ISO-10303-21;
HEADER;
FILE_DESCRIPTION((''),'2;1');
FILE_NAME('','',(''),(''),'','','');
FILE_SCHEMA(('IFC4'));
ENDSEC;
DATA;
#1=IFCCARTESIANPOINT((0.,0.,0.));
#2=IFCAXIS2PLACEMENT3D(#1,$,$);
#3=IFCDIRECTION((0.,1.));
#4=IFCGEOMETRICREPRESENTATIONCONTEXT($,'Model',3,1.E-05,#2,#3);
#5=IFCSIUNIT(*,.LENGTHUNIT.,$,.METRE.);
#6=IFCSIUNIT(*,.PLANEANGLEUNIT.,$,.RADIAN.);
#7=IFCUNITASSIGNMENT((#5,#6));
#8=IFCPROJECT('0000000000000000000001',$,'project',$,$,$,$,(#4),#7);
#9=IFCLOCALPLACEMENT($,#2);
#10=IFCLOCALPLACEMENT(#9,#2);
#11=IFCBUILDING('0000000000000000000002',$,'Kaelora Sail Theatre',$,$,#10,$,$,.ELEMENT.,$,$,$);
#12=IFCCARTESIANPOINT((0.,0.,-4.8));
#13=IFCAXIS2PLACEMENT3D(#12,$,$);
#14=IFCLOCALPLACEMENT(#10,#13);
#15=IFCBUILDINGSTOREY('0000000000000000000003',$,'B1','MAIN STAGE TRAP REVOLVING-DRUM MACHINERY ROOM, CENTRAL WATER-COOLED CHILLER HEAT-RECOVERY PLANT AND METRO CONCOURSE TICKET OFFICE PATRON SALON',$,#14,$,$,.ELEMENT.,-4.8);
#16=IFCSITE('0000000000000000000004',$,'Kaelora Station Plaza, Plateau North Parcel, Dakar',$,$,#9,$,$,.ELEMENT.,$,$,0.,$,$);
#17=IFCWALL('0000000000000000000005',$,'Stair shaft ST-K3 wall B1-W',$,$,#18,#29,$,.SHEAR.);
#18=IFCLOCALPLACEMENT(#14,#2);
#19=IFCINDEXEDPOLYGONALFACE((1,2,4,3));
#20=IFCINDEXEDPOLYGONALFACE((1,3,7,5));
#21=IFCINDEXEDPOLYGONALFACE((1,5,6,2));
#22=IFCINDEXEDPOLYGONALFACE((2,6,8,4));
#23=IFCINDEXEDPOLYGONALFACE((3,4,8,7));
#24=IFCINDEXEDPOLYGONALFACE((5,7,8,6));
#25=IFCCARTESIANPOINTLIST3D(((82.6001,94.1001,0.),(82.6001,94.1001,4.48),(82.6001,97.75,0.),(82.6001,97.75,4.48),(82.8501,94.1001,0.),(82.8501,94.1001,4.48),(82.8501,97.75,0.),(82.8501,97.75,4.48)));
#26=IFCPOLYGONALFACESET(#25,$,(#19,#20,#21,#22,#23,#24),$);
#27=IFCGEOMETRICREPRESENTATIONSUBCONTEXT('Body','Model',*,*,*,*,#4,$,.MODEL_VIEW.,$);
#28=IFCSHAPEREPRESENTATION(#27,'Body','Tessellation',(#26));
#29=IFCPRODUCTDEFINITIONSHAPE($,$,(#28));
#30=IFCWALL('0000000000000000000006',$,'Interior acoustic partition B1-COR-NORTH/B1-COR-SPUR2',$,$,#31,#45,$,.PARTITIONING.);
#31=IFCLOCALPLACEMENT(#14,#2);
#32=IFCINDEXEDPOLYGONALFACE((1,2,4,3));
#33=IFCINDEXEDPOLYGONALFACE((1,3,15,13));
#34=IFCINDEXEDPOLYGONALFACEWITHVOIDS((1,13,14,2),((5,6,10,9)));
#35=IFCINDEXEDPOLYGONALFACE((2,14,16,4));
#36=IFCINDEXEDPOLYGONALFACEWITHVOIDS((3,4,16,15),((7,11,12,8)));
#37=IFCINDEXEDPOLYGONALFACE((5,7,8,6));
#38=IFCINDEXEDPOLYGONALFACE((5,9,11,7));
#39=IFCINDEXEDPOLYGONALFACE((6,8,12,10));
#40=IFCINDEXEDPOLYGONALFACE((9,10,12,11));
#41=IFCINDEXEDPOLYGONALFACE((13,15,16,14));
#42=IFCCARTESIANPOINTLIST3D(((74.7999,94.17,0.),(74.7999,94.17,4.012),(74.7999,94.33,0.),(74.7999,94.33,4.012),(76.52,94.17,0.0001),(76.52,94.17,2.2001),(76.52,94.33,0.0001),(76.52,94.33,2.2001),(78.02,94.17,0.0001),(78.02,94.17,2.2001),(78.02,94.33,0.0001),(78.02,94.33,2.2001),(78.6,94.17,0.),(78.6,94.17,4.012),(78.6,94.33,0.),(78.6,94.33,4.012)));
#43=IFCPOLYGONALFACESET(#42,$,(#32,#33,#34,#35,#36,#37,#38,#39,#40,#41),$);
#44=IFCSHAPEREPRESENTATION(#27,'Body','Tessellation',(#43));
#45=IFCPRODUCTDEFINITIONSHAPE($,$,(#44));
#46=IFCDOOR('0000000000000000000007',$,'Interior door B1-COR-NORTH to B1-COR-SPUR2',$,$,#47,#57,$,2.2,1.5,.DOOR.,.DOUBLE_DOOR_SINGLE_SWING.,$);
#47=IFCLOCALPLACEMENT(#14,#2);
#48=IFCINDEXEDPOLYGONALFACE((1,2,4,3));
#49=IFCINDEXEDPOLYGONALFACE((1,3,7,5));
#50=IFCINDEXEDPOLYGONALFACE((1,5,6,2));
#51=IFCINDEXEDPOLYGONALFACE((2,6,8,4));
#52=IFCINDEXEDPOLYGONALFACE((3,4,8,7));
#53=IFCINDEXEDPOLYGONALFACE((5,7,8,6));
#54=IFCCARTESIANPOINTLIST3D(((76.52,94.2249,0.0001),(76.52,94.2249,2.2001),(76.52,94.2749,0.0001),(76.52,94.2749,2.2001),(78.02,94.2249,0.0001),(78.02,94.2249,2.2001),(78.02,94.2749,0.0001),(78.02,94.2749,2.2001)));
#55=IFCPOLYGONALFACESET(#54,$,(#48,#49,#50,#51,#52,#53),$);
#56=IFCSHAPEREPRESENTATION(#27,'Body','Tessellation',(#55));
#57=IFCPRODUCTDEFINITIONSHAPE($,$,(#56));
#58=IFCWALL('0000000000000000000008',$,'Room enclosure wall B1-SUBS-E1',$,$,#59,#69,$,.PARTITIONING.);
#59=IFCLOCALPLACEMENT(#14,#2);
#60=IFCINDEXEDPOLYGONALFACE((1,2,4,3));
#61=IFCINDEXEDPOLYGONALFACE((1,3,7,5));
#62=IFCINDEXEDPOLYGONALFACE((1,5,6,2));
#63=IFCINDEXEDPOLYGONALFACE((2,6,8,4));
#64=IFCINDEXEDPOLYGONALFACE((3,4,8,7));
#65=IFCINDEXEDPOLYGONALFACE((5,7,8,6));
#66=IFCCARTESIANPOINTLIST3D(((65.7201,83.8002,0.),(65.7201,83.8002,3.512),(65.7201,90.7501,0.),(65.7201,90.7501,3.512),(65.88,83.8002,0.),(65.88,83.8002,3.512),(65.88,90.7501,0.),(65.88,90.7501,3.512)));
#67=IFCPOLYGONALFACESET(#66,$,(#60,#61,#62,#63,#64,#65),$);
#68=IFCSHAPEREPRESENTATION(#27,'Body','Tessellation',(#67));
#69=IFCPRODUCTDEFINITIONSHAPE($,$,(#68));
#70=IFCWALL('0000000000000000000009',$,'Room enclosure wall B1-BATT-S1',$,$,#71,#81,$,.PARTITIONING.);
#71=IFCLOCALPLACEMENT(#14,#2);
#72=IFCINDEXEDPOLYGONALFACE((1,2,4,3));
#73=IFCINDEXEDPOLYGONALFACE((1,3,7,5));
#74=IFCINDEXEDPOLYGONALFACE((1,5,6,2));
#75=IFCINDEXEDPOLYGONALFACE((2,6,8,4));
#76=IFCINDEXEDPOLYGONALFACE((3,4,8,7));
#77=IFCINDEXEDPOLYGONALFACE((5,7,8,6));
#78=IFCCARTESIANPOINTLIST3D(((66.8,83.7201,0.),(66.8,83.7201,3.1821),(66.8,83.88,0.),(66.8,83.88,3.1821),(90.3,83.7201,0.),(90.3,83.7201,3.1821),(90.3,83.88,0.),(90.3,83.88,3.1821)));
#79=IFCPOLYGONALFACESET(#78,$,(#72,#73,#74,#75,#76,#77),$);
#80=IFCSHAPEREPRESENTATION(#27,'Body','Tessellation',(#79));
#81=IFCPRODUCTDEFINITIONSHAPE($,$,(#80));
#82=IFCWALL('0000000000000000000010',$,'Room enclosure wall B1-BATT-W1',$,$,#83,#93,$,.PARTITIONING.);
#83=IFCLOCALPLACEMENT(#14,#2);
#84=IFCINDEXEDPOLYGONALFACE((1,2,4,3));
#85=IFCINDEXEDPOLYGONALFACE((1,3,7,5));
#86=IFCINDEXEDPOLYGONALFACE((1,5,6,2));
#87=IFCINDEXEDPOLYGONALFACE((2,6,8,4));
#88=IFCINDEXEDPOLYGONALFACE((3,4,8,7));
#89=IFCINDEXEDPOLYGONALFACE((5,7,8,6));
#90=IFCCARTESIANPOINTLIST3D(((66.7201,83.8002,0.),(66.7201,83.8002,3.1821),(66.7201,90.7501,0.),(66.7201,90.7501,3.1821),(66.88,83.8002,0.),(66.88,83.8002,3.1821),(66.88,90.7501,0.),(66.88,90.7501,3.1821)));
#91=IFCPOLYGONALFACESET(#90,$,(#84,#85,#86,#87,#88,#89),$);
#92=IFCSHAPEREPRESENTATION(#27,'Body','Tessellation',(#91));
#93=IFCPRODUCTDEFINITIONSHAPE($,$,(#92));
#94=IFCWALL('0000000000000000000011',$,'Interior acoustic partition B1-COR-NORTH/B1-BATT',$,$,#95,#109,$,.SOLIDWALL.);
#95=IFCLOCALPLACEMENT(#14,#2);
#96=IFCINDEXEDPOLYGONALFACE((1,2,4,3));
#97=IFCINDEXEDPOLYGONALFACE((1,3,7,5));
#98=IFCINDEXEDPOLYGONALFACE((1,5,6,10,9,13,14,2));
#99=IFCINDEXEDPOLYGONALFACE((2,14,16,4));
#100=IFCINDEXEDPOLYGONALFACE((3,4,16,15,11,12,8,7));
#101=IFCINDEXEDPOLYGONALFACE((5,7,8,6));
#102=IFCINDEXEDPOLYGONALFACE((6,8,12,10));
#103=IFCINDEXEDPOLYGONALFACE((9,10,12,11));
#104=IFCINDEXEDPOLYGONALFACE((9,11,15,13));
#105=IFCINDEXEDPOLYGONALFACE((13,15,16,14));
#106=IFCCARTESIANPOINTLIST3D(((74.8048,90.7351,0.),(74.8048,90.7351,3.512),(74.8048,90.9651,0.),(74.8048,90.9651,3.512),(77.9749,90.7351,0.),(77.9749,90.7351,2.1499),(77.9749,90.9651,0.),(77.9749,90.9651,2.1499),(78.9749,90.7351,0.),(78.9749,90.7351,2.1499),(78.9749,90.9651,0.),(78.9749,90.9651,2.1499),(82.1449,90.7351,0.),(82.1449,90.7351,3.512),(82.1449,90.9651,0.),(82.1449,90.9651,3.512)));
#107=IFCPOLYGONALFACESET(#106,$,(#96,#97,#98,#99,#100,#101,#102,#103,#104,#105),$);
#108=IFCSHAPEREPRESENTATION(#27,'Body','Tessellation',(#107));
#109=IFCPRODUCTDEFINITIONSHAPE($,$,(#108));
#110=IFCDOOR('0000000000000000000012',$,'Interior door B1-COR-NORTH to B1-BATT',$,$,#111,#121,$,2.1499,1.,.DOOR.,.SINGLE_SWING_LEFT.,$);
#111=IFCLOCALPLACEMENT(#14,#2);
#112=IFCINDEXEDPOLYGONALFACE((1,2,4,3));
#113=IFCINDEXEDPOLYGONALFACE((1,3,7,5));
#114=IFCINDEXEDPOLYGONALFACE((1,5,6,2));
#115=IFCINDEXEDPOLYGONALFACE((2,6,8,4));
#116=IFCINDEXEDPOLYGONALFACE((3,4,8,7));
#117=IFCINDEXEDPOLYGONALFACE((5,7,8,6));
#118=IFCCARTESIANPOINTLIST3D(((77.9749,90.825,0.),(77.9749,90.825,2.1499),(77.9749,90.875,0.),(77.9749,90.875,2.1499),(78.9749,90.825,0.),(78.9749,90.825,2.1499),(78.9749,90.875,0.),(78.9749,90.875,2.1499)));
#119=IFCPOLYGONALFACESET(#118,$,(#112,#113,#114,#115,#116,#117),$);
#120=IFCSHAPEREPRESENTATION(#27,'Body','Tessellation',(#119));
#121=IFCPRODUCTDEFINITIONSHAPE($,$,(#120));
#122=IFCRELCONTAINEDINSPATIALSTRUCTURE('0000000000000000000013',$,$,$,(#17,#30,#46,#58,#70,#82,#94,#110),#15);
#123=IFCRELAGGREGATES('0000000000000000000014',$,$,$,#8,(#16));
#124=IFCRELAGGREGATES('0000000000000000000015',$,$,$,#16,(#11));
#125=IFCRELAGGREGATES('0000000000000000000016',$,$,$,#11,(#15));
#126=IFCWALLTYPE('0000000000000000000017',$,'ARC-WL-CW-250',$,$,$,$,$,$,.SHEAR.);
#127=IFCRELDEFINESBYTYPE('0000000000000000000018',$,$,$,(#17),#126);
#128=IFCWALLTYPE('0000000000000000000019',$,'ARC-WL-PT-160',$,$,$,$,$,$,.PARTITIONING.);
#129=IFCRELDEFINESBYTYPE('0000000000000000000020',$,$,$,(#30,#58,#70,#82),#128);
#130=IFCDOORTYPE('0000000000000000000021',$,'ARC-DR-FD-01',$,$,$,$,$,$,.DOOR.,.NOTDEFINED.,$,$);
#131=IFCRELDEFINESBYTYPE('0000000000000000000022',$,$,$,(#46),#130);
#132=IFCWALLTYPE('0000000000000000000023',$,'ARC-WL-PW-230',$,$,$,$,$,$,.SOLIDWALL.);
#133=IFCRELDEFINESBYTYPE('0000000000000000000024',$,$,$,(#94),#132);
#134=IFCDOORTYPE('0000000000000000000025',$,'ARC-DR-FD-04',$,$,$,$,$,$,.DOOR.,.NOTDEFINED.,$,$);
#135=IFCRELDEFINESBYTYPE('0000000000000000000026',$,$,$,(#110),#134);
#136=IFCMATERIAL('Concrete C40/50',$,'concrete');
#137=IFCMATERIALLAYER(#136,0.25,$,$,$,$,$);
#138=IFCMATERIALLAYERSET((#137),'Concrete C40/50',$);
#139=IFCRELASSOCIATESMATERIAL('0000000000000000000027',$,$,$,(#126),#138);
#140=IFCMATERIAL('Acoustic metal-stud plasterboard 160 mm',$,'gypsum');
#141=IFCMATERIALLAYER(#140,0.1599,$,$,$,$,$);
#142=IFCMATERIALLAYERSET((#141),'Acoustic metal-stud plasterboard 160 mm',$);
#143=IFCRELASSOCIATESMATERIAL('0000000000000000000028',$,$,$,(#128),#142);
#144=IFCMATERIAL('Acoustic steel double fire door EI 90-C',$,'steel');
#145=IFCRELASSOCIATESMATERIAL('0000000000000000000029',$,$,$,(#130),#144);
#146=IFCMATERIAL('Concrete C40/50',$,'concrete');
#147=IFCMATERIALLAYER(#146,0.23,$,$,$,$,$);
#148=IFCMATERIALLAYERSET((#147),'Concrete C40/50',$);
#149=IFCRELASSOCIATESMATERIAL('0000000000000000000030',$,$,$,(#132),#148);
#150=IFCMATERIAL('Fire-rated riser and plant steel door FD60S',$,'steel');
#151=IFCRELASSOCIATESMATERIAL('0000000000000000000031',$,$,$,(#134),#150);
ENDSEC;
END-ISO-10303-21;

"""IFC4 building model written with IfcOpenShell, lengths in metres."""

from ifc_helpers import new_model, si_unit, direction, frame, frame_2d, origin, place, context, subcontext, project, spatial, rectangle, extrude, material, layer, layer_set, type_object, element, fill, save


model = new_model("IFC4")

# Units and contexts
model_context = context("Model", 3, precision=1e-05, world=origin(), true_north=direction((0.0, 1.0)))
body_context = subcontext(model_context, "Body", "Model", "MODEL_VIEW")
ifc_project = project(units=[si_unit("LENGTHUNIT", "METRE"), si_unit("PLANEANGLEUNIT", "RADIAN")], contexts=[model_context])

# Site, building, storey
site_placement = place(None, origin())
site = spatial("IfcSite", under=ifc_project, at=site_placement, Name="Kaelora Station Plaza, Plateau North Parcel, Dakar", CompositionType="ELEMENT", RefElevation=0.0)
building_placement = place(site_placement, origin())
building = spatial("IfcBuilding", under=site, at=building_placement, Name="Kaelora Sail Theatre", CompositionType="ELEMENT")
storey_placement = place(building_placement, frame((0.0, 0.0, -4.8)))
storey = spatial("IfcBuildingStorey", under=building, at=storey_placement, Name="B1", Description="MAIN STAGE TRAP REVOLVING-DRUM MACHINERY ROOM, CENTRAL WATER-COOLED CHILLER HEAT-RECOVERY PLANT AND METRO CONCOURSE TICKET OFFICE PATRON SALON", CompositionType="ELEMENT", Elevation=-4.8)

# Shared definitions
ifc_material_1 = material(Name="Concrete C40/50", Category="concrete")
ifc_layer_1 = layer(ifc_material_1, 0.25)
ifc_layer_set_1 = layer_set([ifc_layer_1], Name="Concrete C40/50")
wall_type_1 = type_object("IfcWallType", Name="ARC-WL-CW-250", PredefinedType="SHEAR", material=ifc_layer_set_1)

# Wall
wall_1_placement = place(storey_placement, frame((82.7251, 94.1001, 0.0), z_axis=(0.0, 0.0, 1.0), x_axis=(0.0, 1.0, 0.0)))
element("IfcWall", 1, at=wall_1_placement, inside=storey, type_object=wall_type_1, Name="Stair shaft ST-K3 wall B1-W", PredefinedType="SHEAR", context=body_context, shape_type="SweptSolid", body=[
    extrude(rectangle(XDim=3.6499, YDim=0.25, at=frame_2d((1.825, 0.0))), origin(), (0.0, 0.0, 1.0), 4.48),
])

# Wall, opening, door
ifc_material_2 = material(Name="Acoustic metal-stud plasterboard 160 mm", Category="gypsum")
ifc_layer_2 = layer(ifc_material_2, 0.1599)
ifc_layer_set_2 = layer_set([ifc_layer_2], Name="Acoustic metal-stud plasterboard 160 mm")
wall_type_2 = type_object("IfcWallType", Name="ARC-WL-PT-160", PredefinedType="PARTITIONING", material=ifc_layer_set_2)
wall_2_placement = place(storey_placement, frame((74.8, 94.25, 0.0), z_axis=(0.0, 0.0, 1.0), x_axis=(1.0, 0.0, 0.0)))
wall_2 = element("IfcWall", 2, at=wall_2_placement, inside=storey, type_object=wall_type_2, Name="Interior acoustic partition B1-COR-NORTH/B1-COR-SPUR2", PredefinedType="PARTITIONING", context=body_context, shape_type="SweptSolid", body=[
    extrude(rectangle(XDim=3.8, YDim=0.1599, at=frame_2d((1.8999, 0.0))), origin(), (0.0, 0.0, 1.0), 4.012),
])
opening_1_placement = place(wall_2_placement, frame((1.72, 0.0, 0.0)))
opening_1 = element("IfcOpeningElement", 3, at=opening_1_placement, cuts=wall_2, PredefinedType="OPENING", context=body_context, shape_type="SweptSolid", body=[
    extrude(rectangle(XDim=1.5, YDim=2.2, at=frame_2d((0.75, 1.1001))), frame((0.0, 0.0901, 0.0), z_axis=(0.0, -1.0, 0.0), x_axis=(1.0, 0.0, 0.0)), (0.0, 0.0, 1.0), 0.1799),
])
ifc_material_3 = material(Name="Acoustic steel double fire door EI 90-C", Category="steel")
door_type_1 = type_object("IfcDoorType", Name="ARC-DR-FD-01", OperationType="NOTDEFINED", PredefinedType="DOOR", material=ifc_material_3)
door_1_placement = place(opening_1_placement, origin())
door_1 = element("IfcDoor", 4, at=door_1_placement, inside=storey, type_object=door_type_1, Name="Interior door B1-COR-NORTH to B1-COR-SPUR2", OperationType="DOUBLE_DOOR_SINGLE_SWING", OverallHeight=2.2, OverallWidth=1.5, PredefinedType="DOOR", context=body_context, shape_type="SweptSolid", body=[
    extrude(rectangle(XDim=1.5, YDim=2.2, at=frame_2d((0.75, 1.1001))), frame((0.0, 0.0249, 0.0), z_axis=(0.0, -1.0, 0.0), x_axis=(1.0, 0.0, 0.0)), (0.0, 0.0, 1.0), 0.05),
])
fill(opening_1, door_1)

# Walls
wall_3_placement = place(storey_placement, frame((65.8, 83.8, 0.0), z_axis=(0.0, 0.0, 1.0), x_axis=(0.0, 1.0, 0.0)))
element("IfcWall", 5, at=wall_3_placement, inside=storey, type_object=wall_type_2, Name="Room enclosure wall B1-SUBS-E1", PredefinedType="PARTITIONING", context=body_context, shape_type="SweptSolid", body=[
    extrude(rectangle(XDim=6.95, YDim=0.1599, at=frame_2d((3.4751, 0.0))), origin(), (0.0, 0.0, 1.0), 3.512),
])
wall_4_placement = place(storey_placement, frame((66.8, 83.8, 0.0), z_axis=(0.0, 0.0, 1.0), x_axis=(1.0, 0.0, 0.0)))
element("IfcWall", 6, at=wall_4_placement, inside=storey, type_object=wall_type_2, Name="Room enclosure wall B1-BATT-S1", PredefinedType="PARTITIONING", context=body_context, shape_type="SweptSolid", body=[
    extrude(rectangle(XDim=23.5, YDim=0.1599, at=frame_2d((11.75, 0.0))), origin(), (0.0, 0.0, 1.0), 3.1821),
])
wall_5_placement = place(storey_placement, frame((66.8, 83.8, 0.0), z_axis=(0.0, 0.0, 1.0), x_axis=(0.0, 1.0, 0.0)))
element("IfcWall", 7, at=wall_5_placement, inside=storey, type_object=wall_type_2, Name="Room enclosure wall B1-BATT-W1", PredefinedType="PARTITIONING", context=body_context, shape_type="SweptSolid", body=[
    extrude(rectangle(XDim=6.95, YDim=0.1599, at=frame_2d((3.4751, 0.0))), origin(), (0.0, 0.0, 1.0), 3.1821),
])

# Wall, opening, door
ifc_material_4 = material(Name="Concrete C40/50", Category="concrete")
ifc_layer_3 = layer(ifc_material_4, 0.23)
ifc_layer_set_3 = layer_set([ifc_layer_3], Name="Concrete C40/50")
wall_type_3 = type_object("IfcWallType", Name="ARC-WL-PW-230", PredefinedType="SOLIDWALL", material=ifc_layer_set_3)
wall_6_placement = place(storey_placement, frame((74.8049, 90.8501, 0.0), z_axis=(0.0, 0.0, 1.0), x_axis=(1.0, 0.0, 0.0)))
wall_6 = element("IfcWall", 8, at=wall_6_placement, inside=storey, type_object=wall_type_3, Name="Interior acoustic partition B1-COR-NORTH/B1-BATT", PredefinedType="SOLIDWALL", context=body_context, shape_type="SweptSolid", body=[
    extrude(rectangle(XDim=7.3401, YDim=0.23, at=frame_2d((3.6699, 0.0))), origin(), (0.0, 0.0, 1.0), 3.512),
])
opening_2_placement = place(wall_6_placement, frame((3.1699, 0.0, 0.0)))
opening_2 = element("IfcOpeningElement", 9, at=opening_2_placement, cuts=wall_6, PredefinedType="OPENING", context=body_context, shape_type="SweptSolid", body=[
    extrude(rectangle(XDim=1.0, YDim=2.1499, at=frame_2d((0.5, 1.075))), frame((0.0, 0.125, 0.0), z_axis=(0.0, -1.0, 0.0), x_axis=(1.0, 0.0, 0.0)), (0.0, 0.0, 1.0), 0.25),
])
ifc_material_5 = material(Name="Fire-rated riser and plant steel door FD60S", Category="steel")
door_type_2 = type_object("IfcDoorType", Name="ARC-DR-FD-04", OperationType="NOTDEFINED", PredefinedType="DOOR", material=ifc_material_5)
door_2_placement = place(opening_2_placement, origin())
door_2 = element("IfcDoor", 10, at=door_2_placement, inside=storey, type_object=door_type_2, Name="Interior door B1-COR-NORTH to B1-BATT", OperationType="SINGLE_SWING_LEFT", OverallHeight=2.1499, OverallWidth=1.0, PredefinedType="DOOR", context=body_context, shape_type="SweptSolid", body=[
    extrude(rectangle(XDim=1.0, YDim=2.1499, at=frame_2d((0.5, 1.075))), frame((0.0, 0.0249, 0.0), z_axis=(0.0, -1.0, 0.0), x_axis=(1.0, 0.0, 0.0)), (0.0, 0.0, 1.0), 0.05),
])
fill(opening_2, door_2)

save(model, "model.ifc")
